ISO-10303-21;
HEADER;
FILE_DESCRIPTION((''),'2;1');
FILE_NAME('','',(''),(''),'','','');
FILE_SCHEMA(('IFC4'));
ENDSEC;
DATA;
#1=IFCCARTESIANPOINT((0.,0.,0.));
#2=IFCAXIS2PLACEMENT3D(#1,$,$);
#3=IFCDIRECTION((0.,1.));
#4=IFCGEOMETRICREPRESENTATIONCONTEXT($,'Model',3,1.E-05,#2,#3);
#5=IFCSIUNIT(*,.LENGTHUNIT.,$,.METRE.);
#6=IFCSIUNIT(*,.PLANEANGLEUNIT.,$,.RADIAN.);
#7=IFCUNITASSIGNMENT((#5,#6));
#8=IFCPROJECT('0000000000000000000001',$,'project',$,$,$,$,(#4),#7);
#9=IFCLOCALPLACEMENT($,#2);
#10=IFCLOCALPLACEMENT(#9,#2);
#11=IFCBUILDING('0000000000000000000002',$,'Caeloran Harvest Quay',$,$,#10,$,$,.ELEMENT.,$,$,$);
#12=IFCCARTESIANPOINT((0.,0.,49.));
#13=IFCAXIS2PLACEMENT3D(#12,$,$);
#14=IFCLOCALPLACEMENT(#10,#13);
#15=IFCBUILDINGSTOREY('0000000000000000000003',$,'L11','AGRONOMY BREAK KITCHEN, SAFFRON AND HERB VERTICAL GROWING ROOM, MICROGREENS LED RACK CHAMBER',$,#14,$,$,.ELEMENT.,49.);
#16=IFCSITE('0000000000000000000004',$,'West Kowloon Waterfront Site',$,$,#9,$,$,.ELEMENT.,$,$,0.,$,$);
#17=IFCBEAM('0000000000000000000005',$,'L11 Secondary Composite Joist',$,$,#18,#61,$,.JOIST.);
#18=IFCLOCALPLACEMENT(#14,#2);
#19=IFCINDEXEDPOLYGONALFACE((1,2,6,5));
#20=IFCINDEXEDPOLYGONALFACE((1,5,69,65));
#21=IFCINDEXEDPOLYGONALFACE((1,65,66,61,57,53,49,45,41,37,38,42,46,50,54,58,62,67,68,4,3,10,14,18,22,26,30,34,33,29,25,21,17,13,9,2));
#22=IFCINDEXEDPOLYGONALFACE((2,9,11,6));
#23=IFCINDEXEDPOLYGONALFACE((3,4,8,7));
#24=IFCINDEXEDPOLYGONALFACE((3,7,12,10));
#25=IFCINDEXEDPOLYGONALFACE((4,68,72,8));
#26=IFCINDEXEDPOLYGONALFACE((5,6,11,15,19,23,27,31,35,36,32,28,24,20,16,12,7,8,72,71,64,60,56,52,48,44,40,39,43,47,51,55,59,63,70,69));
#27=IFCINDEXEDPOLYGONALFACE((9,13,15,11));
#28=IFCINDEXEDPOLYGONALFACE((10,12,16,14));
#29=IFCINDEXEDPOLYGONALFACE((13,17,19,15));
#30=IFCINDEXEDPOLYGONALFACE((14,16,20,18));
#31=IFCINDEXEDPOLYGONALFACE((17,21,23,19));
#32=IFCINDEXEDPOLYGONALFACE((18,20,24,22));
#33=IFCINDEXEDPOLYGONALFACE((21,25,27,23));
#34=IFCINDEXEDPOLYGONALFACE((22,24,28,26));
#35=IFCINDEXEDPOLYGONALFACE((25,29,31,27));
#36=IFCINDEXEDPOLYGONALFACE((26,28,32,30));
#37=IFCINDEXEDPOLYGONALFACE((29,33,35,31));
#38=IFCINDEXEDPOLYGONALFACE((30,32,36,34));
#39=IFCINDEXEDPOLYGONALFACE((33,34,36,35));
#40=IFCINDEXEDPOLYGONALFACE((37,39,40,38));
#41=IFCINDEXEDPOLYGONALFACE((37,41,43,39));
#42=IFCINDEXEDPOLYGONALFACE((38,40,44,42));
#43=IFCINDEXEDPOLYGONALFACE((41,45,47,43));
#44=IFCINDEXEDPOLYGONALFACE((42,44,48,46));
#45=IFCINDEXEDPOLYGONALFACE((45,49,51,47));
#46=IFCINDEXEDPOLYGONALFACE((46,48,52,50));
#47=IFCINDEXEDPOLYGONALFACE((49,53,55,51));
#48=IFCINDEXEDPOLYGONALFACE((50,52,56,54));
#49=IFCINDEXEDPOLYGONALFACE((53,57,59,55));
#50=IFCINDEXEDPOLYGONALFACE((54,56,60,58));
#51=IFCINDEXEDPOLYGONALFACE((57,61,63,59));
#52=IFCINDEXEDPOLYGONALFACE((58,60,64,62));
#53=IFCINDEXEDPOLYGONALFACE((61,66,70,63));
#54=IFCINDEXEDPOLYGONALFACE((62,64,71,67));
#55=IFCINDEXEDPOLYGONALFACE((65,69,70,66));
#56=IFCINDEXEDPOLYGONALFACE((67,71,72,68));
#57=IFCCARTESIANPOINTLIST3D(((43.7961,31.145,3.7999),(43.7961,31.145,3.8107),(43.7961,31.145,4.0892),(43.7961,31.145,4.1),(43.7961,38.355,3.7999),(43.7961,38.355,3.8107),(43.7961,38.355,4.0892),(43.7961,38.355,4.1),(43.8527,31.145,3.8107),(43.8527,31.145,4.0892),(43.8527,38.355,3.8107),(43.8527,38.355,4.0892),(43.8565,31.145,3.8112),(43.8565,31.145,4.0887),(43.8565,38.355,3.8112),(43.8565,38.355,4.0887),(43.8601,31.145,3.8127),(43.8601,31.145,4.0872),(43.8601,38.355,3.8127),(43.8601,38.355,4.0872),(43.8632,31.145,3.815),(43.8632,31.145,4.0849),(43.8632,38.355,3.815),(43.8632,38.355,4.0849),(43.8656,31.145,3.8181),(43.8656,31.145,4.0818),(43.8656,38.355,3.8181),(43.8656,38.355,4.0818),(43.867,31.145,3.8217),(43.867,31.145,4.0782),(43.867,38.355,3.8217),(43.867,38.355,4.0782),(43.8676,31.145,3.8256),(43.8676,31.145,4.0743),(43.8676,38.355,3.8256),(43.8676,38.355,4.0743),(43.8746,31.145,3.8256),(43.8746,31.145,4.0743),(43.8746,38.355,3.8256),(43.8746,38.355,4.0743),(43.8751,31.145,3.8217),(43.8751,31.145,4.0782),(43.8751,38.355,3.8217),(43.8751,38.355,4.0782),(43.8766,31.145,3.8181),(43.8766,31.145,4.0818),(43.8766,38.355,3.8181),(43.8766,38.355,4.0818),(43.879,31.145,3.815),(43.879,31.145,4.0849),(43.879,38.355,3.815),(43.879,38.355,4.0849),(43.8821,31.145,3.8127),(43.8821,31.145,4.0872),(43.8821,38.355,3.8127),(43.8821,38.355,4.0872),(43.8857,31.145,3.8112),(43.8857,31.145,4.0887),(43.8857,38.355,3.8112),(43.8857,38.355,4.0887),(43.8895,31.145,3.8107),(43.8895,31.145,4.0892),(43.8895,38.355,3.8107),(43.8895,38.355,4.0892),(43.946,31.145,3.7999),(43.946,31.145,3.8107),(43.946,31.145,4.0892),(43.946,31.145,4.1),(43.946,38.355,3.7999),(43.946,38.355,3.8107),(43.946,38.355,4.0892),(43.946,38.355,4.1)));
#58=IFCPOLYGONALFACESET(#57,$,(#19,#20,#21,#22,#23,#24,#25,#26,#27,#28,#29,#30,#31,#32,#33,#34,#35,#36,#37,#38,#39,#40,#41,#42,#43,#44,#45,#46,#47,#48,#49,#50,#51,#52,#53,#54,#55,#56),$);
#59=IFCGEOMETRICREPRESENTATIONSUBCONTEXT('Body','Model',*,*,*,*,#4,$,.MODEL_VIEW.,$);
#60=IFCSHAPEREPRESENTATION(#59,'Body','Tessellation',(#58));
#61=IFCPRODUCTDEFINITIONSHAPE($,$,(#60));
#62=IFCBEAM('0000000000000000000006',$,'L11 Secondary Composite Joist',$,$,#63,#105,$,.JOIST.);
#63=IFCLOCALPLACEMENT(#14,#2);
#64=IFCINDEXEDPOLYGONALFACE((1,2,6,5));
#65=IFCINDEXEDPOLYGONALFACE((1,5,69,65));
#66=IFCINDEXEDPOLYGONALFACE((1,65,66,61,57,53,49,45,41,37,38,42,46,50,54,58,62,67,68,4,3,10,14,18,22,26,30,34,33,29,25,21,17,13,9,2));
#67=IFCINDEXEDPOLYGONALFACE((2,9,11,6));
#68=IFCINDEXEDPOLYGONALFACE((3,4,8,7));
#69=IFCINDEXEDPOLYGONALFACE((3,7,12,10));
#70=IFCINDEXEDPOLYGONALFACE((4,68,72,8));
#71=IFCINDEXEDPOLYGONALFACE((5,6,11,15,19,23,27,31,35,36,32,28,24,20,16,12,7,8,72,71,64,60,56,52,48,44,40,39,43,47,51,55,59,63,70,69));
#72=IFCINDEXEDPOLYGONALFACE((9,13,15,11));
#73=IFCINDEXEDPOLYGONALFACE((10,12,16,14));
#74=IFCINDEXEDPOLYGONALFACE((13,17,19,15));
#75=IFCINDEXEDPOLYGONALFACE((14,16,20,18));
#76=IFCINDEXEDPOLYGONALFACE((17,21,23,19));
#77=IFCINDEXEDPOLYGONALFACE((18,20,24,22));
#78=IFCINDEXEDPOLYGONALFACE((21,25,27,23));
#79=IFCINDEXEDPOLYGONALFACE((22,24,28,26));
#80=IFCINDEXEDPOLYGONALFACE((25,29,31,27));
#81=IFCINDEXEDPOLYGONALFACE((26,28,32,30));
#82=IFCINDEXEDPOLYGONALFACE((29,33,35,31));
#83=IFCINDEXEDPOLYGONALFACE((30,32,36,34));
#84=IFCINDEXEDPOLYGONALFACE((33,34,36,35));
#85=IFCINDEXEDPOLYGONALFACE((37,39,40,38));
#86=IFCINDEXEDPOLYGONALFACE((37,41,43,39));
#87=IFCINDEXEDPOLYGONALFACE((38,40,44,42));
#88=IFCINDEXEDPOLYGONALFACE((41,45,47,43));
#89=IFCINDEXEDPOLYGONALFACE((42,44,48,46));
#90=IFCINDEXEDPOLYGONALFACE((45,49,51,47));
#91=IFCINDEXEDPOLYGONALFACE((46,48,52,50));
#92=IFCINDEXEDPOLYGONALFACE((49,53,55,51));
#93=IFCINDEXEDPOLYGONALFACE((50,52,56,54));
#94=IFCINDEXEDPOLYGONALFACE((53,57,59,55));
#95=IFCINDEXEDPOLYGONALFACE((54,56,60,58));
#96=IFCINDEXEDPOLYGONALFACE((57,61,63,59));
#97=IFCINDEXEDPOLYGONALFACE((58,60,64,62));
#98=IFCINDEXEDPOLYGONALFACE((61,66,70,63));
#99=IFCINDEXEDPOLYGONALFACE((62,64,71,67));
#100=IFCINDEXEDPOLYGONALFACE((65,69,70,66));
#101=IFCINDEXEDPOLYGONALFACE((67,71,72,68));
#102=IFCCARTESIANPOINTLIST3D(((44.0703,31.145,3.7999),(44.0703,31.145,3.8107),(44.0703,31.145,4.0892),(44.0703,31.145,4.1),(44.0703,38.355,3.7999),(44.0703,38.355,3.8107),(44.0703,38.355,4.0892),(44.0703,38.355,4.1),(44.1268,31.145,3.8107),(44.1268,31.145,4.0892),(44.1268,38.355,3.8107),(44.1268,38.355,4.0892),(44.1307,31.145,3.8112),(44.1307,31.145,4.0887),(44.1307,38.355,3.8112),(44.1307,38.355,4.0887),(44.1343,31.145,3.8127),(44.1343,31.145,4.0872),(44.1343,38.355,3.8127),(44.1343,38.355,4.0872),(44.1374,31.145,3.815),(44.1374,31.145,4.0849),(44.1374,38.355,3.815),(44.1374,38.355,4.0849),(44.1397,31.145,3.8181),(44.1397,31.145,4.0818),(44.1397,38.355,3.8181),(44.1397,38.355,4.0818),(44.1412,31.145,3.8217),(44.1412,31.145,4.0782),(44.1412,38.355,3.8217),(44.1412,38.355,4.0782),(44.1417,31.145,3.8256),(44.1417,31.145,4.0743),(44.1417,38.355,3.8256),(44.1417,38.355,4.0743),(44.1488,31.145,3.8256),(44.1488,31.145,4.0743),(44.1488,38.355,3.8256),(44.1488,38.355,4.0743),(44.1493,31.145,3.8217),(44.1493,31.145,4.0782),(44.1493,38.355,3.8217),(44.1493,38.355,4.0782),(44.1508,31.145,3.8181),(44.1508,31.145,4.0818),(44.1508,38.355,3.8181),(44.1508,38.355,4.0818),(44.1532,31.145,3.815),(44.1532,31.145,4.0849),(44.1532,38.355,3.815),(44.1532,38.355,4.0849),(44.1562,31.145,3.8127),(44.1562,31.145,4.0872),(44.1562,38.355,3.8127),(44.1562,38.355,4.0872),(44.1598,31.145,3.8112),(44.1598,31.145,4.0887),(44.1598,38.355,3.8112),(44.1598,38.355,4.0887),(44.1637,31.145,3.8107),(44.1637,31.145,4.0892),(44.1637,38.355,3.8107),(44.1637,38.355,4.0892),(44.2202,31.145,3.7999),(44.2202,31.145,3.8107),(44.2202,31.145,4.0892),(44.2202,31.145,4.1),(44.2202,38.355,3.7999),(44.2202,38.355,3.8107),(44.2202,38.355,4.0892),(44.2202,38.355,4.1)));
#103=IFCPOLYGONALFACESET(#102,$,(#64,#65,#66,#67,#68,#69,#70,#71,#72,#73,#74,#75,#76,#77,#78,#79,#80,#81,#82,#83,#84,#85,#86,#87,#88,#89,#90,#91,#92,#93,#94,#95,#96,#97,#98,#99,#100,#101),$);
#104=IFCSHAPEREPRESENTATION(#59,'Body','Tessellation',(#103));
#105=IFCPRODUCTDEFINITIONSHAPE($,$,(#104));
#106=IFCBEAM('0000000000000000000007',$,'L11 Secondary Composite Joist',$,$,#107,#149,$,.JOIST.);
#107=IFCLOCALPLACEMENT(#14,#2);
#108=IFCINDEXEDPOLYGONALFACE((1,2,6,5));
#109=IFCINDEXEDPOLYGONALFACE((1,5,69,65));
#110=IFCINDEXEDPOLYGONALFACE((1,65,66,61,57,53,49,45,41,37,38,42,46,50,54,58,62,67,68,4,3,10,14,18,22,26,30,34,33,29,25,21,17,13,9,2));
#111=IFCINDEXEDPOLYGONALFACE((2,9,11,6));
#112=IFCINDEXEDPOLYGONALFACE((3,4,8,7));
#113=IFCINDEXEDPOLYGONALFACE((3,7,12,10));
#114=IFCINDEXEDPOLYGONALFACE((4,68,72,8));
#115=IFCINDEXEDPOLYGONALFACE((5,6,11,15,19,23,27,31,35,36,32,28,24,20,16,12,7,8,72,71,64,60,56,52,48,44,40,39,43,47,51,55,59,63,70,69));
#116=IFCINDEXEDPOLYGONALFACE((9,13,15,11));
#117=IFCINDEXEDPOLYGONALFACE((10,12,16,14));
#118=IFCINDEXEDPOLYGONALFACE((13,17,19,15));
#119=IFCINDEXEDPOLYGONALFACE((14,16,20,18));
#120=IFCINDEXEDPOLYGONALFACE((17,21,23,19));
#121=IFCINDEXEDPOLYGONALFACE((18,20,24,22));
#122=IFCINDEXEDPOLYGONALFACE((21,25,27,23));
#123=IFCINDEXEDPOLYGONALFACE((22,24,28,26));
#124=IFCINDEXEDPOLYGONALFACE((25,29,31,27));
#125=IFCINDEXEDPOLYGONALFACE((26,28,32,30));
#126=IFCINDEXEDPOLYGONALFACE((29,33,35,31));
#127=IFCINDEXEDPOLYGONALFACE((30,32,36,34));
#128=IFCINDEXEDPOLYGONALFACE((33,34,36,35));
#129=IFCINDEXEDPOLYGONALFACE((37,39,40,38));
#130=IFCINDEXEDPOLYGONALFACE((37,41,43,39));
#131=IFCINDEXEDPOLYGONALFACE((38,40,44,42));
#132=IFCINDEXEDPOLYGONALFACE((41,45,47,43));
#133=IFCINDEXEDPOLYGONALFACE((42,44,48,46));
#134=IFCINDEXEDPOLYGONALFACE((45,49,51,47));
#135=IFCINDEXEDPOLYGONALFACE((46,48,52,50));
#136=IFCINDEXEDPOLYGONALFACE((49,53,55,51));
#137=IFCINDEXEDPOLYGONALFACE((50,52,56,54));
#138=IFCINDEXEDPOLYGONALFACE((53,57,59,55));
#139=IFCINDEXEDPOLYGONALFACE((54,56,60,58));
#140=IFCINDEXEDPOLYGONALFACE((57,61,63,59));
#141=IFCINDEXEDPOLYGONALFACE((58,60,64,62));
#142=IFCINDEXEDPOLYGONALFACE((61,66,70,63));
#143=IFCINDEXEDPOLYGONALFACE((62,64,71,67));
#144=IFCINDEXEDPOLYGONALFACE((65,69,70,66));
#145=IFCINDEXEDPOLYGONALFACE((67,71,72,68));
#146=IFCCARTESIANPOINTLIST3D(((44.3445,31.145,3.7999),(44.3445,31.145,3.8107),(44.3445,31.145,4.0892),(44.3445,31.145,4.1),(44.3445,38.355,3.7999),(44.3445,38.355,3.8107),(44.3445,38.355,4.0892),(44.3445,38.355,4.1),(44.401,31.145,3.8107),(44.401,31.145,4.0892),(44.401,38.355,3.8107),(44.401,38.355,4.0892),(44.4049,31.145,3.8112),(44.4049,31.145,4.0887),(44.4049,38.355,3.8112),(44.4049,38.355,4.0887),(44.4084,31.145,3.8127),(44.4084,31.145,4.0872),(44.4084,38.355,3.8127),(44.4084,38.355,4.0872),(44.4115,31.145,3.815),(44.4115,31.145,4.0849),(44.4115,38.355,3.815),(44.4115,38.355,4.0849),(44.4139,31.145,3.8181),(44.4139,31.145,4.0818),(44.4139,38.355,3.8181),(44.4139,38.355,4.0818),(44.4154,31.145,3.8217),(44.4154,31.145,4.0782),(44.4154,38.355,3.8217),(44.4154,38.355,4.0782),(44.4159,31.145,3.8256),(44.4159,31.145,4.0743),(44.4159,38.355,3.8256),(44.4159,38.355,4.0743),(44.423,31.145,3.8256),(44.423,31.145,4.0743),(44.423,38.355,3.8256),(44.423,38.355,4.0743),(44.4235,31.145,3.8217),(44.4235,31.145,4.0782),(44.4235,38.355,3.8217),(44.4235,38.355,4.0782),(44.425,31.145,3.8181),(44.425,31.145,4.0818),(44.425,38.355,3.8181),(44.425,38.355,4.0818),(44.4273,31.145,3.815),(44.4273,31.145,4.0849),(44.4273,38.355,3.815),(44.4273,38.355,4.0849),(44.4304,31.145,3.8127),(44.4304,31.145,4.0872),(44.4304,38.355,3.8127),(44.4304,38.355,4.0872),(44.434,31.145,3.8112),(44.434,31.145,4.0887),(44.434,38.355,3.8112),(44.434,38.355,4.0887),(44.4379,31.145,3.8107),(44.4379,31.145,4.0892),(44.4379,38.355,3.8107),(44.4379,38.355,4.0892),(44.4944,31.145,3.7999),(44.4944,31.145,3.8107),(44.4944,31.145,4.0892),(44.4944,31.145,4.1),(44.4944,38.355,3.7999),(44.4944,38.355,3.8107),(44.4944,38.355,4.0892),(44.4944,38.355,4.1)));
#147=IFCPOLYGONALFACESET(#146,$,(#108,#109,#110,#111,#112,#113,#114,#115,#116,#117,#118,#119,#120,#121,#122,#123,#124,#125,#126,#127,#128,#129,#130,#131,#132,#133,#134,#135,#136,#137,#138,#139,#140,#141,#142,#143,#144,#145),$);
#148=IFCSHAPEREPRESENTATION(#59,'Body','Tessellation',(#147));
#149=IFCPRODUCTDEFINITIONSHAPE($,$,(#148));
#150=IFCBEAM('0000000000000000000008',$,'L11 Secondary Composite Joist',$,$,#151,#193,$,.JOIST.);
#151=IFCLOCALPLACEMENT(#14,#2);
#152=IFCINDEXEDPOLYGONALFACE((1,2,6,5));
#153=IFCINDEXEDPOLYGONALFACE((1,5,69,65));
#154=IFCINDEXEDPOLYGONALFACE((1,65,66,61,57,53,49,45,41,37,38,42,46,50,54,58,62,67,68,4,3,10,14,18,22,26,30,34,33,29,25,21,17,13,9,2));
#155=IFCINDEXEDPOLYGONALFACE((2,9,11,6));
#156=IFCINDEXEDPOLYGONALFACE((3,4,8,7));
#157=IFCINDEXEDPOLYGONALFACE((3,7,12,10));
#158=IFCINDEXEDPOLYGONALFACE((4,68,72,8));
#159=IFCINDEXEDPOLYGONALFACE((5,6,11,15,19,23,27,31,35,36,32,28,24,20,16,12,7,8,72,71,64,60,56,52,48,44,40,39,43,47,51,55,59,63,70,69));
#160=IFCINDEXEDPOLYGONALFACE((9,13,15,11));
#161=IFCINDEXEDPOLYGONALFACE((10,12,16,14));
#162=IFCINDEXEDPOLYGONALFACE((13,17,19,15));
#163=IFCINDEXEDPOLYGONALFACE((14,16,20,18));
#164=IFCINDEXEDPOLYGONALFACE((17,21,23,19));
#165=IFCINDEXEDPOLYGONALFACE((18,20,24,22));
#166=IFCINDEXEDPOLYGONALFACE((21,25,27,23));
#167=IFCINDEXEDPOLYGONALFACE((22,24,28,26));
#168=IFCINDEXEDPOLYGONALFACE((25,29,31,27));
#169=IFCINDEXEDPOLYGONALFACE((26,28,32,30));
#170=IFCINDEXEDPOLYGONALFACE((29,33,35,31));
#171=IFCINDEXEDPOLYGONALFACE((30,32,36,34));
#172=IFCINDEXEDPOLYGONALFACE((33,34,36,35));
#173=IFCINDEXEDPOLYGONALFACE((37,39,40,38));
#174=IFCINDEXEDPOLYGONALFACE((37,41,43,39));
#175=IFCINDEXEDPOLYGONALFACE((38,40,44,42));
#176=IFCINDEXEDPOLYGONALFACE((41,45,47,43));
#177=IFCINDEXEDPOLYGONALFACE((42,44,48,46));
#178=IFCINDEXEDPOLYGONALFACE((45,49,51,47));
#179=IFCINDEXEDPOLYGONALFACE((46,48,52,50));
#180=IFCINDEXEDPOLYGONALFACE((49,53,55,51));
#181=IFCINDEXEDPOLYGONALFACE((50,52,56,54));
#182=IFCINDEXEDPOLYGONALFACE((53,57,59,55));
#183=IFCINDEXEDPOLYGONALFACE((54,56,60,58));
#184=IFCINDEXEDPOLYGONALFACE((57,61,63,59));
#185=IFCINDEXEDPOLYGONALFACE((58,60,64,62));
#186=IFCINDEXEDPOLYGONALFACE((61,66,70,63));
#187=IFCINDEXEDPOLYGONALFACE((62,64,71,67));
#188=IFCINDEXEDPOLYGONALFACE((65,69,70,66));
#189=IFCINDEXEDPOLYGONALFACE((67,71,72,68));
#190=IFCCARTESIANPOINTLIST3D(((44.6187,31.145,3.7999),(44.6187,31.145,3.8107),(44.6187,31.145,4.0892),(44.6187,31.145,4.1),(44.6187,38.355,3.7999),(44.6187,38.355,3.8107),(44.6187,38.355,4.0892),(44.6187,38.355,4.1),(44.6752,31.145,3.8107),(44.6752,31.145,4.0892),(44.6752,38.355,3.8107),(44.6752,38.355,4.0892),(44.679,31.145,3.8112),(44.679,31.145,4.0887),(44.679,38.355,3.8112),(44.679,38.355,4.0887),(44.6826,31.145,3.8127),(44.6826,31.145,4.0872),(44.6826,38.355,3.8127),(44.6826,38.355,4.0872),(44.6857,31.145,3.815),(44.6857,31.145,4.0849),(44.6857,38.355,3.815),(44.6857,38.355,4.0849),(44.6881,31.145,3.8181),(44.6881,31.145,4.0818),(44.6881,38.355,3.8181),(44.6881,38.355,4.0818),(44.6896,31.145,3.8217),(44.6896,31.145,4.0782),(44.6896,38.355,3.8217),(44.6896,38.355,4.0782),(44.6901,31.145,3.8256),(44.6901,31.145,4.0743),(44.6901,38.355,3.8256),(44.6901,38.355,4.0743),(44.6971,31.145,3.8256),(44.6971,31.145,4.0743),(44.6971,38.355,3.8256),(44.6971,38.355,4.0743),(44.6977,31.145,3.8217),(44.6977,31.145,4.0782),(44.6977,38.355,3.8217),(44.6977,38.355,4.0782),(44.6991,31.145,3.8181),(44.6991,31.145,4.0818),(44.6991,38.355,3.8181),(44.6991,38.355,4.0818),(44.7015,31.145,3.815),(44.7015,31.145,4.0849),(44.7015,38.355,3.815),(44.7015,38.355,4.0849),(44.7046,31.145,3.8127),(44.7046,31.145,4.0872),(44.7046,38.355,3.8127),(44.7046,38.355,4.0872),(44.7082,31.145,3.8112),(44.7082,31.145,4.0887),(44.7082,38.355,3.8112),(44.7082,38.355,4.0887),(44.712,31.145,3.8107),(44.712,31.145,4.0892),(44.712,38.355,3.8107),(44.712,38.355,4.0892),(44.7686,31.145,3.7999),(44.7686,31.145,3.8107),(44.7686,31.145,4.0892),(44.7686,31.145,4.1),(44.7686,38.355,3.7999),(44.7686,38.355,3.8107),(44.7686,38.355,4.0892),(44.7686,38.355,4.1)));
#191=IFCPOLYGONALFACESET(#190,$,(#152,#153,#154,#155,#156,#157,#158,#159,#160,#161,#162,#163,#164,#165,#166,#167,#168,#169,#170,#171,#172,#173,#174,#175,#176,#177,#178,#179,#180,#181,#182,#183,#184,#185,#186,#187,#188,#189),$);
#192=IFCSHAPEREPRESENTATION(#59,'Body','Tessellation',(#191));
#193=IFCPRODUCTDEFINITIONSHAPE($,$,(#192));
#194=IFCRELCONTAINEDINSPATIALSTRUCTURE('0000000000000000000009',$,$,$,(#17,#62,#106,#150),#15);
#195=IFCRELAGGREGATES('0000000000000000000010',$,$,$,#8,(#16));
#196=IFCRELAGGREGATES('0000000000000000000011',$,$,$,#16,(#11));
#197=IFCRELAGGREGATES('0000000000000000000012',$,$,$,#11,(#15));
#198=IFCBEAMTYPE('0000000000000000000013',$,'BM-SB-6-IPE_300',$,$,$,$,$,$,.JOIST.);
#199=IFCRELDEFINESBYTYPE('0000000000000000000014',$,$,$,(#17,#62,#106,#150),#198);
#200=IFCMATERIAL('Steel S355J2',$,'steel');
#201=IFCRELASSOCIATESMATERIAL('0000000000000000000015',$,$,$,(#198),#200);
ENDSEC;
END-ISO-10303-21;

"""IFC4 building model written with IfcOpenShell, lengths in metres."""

from ifc_helpers import new_model, si_unit, direction, frame, origin, origin_2d, place, context, subcontext, project, spatial, i_section, extrude, material, material_profile, profile_set, type_object, element, save


model = new_model("IFC4")

# Units and contexts
model_context = context("Model", 3, precision=1e-05, world=origin(), true_north=direction((0.0, 1.0)))
body_context = subcontext(model_context, "Body", "Model", "MODEL_VIEW")
ifc_project = project(units=[si_unit("LENGTHUNIT", "METRE"), si_unit("PLANEANGLEUNIT", "RADIAN")], contexts=[model_context])

# Site, building, storey
site_placement = place(None, origin())
site = spatial("IfcSite", under=ifc_project, at=site_placement, Name="West Kowloon Waterfront Site", CompositionType="ELEMENT", RefElevation=0.0)
building_placement = place(site_placement, origin())
building = spatial("IfcBuilding", under=site, at=building_placement, Name="Caeloran Harvest Quay", CompositionType="ELEMENT")
storey_placement = place(building_placement, frame((0.0, 0.0, 49.0)))
storey = spatial("IfcBuildingStorey", under=building, at=storey_placement, Name="L11", Description="AGRONOMY BREAK KITCHEN, SAFFRON AND HERB VERTICAL GROWING ROOM, MICROGREENS LED RACK CHAMBER", CompositionType="ELEMENT", Elevation=49.0)

# Beams
ifc_material_1 = material(Name="Steel S355J2", Category="steel")
ifc_material_profile_1 = material_profile(ifc_material_1, i_section(OverallWidth=0.1499, OverallDepth=0.3, WebThickness=0.0071, FlangeThickness=0.0107, FilletRadius=0.0149, at=origin_2d()), Name="IPE 300")
ifc_profile_set_1 = profile_set([ifc_material_profile_1], Name="Steel S355J2")
beam_type_1 = type_object("IfcBeamType", Name="BM-SB-6-IPE_300", PredefinedType="JOIST", material=ifc_profile_set_1)
for number, where, z_axis, x_axis, name in (
    (1, (43.8711, 31.145, 3.95), (0.0, 1.0, 0.0), (-1.0, 0.0, 0.0), "L11 Secondary Composite Joist"),
    (2, (44.1453, 31.145, 3.95), (0.0, 1.0, 0.0), (-1.0, 0.0, 0.0), "L11 Secondary Composite Joist"),
    (3, (44.4194, 31.145, 3.95), (0.0, 1.0, 0.0), (-1.0, 0.0, 0.0), "L11 Secondary Composite Joist"),
    (4, (44.6936, 31.145, 3.95), (0.0, 1.0, 0.0), (-1.0, 0.0, 0.0), "L11 Secondary Composite Joist"),
):
    element("IfcBeam", number, at=place(storey_placement, frame(where, z_axis=z_axis, x_axis=x_axis)), inside=storey, type_object=beam_type_1, Name=name, PredefinedType="JOIST", context=body_context, shape_type="SweptSolid", body=[
        extrude(i_section(OverallWidth=0.1499, OverallDepth=0.3, WebThickness=0.0071, FlangeThickness=0.0107, FilletRadius=0.0149, at=origin_2d()), origin(), (0.0, 0.0, 1.0), 7.21),
    ])

save(model, "model.ifc")
